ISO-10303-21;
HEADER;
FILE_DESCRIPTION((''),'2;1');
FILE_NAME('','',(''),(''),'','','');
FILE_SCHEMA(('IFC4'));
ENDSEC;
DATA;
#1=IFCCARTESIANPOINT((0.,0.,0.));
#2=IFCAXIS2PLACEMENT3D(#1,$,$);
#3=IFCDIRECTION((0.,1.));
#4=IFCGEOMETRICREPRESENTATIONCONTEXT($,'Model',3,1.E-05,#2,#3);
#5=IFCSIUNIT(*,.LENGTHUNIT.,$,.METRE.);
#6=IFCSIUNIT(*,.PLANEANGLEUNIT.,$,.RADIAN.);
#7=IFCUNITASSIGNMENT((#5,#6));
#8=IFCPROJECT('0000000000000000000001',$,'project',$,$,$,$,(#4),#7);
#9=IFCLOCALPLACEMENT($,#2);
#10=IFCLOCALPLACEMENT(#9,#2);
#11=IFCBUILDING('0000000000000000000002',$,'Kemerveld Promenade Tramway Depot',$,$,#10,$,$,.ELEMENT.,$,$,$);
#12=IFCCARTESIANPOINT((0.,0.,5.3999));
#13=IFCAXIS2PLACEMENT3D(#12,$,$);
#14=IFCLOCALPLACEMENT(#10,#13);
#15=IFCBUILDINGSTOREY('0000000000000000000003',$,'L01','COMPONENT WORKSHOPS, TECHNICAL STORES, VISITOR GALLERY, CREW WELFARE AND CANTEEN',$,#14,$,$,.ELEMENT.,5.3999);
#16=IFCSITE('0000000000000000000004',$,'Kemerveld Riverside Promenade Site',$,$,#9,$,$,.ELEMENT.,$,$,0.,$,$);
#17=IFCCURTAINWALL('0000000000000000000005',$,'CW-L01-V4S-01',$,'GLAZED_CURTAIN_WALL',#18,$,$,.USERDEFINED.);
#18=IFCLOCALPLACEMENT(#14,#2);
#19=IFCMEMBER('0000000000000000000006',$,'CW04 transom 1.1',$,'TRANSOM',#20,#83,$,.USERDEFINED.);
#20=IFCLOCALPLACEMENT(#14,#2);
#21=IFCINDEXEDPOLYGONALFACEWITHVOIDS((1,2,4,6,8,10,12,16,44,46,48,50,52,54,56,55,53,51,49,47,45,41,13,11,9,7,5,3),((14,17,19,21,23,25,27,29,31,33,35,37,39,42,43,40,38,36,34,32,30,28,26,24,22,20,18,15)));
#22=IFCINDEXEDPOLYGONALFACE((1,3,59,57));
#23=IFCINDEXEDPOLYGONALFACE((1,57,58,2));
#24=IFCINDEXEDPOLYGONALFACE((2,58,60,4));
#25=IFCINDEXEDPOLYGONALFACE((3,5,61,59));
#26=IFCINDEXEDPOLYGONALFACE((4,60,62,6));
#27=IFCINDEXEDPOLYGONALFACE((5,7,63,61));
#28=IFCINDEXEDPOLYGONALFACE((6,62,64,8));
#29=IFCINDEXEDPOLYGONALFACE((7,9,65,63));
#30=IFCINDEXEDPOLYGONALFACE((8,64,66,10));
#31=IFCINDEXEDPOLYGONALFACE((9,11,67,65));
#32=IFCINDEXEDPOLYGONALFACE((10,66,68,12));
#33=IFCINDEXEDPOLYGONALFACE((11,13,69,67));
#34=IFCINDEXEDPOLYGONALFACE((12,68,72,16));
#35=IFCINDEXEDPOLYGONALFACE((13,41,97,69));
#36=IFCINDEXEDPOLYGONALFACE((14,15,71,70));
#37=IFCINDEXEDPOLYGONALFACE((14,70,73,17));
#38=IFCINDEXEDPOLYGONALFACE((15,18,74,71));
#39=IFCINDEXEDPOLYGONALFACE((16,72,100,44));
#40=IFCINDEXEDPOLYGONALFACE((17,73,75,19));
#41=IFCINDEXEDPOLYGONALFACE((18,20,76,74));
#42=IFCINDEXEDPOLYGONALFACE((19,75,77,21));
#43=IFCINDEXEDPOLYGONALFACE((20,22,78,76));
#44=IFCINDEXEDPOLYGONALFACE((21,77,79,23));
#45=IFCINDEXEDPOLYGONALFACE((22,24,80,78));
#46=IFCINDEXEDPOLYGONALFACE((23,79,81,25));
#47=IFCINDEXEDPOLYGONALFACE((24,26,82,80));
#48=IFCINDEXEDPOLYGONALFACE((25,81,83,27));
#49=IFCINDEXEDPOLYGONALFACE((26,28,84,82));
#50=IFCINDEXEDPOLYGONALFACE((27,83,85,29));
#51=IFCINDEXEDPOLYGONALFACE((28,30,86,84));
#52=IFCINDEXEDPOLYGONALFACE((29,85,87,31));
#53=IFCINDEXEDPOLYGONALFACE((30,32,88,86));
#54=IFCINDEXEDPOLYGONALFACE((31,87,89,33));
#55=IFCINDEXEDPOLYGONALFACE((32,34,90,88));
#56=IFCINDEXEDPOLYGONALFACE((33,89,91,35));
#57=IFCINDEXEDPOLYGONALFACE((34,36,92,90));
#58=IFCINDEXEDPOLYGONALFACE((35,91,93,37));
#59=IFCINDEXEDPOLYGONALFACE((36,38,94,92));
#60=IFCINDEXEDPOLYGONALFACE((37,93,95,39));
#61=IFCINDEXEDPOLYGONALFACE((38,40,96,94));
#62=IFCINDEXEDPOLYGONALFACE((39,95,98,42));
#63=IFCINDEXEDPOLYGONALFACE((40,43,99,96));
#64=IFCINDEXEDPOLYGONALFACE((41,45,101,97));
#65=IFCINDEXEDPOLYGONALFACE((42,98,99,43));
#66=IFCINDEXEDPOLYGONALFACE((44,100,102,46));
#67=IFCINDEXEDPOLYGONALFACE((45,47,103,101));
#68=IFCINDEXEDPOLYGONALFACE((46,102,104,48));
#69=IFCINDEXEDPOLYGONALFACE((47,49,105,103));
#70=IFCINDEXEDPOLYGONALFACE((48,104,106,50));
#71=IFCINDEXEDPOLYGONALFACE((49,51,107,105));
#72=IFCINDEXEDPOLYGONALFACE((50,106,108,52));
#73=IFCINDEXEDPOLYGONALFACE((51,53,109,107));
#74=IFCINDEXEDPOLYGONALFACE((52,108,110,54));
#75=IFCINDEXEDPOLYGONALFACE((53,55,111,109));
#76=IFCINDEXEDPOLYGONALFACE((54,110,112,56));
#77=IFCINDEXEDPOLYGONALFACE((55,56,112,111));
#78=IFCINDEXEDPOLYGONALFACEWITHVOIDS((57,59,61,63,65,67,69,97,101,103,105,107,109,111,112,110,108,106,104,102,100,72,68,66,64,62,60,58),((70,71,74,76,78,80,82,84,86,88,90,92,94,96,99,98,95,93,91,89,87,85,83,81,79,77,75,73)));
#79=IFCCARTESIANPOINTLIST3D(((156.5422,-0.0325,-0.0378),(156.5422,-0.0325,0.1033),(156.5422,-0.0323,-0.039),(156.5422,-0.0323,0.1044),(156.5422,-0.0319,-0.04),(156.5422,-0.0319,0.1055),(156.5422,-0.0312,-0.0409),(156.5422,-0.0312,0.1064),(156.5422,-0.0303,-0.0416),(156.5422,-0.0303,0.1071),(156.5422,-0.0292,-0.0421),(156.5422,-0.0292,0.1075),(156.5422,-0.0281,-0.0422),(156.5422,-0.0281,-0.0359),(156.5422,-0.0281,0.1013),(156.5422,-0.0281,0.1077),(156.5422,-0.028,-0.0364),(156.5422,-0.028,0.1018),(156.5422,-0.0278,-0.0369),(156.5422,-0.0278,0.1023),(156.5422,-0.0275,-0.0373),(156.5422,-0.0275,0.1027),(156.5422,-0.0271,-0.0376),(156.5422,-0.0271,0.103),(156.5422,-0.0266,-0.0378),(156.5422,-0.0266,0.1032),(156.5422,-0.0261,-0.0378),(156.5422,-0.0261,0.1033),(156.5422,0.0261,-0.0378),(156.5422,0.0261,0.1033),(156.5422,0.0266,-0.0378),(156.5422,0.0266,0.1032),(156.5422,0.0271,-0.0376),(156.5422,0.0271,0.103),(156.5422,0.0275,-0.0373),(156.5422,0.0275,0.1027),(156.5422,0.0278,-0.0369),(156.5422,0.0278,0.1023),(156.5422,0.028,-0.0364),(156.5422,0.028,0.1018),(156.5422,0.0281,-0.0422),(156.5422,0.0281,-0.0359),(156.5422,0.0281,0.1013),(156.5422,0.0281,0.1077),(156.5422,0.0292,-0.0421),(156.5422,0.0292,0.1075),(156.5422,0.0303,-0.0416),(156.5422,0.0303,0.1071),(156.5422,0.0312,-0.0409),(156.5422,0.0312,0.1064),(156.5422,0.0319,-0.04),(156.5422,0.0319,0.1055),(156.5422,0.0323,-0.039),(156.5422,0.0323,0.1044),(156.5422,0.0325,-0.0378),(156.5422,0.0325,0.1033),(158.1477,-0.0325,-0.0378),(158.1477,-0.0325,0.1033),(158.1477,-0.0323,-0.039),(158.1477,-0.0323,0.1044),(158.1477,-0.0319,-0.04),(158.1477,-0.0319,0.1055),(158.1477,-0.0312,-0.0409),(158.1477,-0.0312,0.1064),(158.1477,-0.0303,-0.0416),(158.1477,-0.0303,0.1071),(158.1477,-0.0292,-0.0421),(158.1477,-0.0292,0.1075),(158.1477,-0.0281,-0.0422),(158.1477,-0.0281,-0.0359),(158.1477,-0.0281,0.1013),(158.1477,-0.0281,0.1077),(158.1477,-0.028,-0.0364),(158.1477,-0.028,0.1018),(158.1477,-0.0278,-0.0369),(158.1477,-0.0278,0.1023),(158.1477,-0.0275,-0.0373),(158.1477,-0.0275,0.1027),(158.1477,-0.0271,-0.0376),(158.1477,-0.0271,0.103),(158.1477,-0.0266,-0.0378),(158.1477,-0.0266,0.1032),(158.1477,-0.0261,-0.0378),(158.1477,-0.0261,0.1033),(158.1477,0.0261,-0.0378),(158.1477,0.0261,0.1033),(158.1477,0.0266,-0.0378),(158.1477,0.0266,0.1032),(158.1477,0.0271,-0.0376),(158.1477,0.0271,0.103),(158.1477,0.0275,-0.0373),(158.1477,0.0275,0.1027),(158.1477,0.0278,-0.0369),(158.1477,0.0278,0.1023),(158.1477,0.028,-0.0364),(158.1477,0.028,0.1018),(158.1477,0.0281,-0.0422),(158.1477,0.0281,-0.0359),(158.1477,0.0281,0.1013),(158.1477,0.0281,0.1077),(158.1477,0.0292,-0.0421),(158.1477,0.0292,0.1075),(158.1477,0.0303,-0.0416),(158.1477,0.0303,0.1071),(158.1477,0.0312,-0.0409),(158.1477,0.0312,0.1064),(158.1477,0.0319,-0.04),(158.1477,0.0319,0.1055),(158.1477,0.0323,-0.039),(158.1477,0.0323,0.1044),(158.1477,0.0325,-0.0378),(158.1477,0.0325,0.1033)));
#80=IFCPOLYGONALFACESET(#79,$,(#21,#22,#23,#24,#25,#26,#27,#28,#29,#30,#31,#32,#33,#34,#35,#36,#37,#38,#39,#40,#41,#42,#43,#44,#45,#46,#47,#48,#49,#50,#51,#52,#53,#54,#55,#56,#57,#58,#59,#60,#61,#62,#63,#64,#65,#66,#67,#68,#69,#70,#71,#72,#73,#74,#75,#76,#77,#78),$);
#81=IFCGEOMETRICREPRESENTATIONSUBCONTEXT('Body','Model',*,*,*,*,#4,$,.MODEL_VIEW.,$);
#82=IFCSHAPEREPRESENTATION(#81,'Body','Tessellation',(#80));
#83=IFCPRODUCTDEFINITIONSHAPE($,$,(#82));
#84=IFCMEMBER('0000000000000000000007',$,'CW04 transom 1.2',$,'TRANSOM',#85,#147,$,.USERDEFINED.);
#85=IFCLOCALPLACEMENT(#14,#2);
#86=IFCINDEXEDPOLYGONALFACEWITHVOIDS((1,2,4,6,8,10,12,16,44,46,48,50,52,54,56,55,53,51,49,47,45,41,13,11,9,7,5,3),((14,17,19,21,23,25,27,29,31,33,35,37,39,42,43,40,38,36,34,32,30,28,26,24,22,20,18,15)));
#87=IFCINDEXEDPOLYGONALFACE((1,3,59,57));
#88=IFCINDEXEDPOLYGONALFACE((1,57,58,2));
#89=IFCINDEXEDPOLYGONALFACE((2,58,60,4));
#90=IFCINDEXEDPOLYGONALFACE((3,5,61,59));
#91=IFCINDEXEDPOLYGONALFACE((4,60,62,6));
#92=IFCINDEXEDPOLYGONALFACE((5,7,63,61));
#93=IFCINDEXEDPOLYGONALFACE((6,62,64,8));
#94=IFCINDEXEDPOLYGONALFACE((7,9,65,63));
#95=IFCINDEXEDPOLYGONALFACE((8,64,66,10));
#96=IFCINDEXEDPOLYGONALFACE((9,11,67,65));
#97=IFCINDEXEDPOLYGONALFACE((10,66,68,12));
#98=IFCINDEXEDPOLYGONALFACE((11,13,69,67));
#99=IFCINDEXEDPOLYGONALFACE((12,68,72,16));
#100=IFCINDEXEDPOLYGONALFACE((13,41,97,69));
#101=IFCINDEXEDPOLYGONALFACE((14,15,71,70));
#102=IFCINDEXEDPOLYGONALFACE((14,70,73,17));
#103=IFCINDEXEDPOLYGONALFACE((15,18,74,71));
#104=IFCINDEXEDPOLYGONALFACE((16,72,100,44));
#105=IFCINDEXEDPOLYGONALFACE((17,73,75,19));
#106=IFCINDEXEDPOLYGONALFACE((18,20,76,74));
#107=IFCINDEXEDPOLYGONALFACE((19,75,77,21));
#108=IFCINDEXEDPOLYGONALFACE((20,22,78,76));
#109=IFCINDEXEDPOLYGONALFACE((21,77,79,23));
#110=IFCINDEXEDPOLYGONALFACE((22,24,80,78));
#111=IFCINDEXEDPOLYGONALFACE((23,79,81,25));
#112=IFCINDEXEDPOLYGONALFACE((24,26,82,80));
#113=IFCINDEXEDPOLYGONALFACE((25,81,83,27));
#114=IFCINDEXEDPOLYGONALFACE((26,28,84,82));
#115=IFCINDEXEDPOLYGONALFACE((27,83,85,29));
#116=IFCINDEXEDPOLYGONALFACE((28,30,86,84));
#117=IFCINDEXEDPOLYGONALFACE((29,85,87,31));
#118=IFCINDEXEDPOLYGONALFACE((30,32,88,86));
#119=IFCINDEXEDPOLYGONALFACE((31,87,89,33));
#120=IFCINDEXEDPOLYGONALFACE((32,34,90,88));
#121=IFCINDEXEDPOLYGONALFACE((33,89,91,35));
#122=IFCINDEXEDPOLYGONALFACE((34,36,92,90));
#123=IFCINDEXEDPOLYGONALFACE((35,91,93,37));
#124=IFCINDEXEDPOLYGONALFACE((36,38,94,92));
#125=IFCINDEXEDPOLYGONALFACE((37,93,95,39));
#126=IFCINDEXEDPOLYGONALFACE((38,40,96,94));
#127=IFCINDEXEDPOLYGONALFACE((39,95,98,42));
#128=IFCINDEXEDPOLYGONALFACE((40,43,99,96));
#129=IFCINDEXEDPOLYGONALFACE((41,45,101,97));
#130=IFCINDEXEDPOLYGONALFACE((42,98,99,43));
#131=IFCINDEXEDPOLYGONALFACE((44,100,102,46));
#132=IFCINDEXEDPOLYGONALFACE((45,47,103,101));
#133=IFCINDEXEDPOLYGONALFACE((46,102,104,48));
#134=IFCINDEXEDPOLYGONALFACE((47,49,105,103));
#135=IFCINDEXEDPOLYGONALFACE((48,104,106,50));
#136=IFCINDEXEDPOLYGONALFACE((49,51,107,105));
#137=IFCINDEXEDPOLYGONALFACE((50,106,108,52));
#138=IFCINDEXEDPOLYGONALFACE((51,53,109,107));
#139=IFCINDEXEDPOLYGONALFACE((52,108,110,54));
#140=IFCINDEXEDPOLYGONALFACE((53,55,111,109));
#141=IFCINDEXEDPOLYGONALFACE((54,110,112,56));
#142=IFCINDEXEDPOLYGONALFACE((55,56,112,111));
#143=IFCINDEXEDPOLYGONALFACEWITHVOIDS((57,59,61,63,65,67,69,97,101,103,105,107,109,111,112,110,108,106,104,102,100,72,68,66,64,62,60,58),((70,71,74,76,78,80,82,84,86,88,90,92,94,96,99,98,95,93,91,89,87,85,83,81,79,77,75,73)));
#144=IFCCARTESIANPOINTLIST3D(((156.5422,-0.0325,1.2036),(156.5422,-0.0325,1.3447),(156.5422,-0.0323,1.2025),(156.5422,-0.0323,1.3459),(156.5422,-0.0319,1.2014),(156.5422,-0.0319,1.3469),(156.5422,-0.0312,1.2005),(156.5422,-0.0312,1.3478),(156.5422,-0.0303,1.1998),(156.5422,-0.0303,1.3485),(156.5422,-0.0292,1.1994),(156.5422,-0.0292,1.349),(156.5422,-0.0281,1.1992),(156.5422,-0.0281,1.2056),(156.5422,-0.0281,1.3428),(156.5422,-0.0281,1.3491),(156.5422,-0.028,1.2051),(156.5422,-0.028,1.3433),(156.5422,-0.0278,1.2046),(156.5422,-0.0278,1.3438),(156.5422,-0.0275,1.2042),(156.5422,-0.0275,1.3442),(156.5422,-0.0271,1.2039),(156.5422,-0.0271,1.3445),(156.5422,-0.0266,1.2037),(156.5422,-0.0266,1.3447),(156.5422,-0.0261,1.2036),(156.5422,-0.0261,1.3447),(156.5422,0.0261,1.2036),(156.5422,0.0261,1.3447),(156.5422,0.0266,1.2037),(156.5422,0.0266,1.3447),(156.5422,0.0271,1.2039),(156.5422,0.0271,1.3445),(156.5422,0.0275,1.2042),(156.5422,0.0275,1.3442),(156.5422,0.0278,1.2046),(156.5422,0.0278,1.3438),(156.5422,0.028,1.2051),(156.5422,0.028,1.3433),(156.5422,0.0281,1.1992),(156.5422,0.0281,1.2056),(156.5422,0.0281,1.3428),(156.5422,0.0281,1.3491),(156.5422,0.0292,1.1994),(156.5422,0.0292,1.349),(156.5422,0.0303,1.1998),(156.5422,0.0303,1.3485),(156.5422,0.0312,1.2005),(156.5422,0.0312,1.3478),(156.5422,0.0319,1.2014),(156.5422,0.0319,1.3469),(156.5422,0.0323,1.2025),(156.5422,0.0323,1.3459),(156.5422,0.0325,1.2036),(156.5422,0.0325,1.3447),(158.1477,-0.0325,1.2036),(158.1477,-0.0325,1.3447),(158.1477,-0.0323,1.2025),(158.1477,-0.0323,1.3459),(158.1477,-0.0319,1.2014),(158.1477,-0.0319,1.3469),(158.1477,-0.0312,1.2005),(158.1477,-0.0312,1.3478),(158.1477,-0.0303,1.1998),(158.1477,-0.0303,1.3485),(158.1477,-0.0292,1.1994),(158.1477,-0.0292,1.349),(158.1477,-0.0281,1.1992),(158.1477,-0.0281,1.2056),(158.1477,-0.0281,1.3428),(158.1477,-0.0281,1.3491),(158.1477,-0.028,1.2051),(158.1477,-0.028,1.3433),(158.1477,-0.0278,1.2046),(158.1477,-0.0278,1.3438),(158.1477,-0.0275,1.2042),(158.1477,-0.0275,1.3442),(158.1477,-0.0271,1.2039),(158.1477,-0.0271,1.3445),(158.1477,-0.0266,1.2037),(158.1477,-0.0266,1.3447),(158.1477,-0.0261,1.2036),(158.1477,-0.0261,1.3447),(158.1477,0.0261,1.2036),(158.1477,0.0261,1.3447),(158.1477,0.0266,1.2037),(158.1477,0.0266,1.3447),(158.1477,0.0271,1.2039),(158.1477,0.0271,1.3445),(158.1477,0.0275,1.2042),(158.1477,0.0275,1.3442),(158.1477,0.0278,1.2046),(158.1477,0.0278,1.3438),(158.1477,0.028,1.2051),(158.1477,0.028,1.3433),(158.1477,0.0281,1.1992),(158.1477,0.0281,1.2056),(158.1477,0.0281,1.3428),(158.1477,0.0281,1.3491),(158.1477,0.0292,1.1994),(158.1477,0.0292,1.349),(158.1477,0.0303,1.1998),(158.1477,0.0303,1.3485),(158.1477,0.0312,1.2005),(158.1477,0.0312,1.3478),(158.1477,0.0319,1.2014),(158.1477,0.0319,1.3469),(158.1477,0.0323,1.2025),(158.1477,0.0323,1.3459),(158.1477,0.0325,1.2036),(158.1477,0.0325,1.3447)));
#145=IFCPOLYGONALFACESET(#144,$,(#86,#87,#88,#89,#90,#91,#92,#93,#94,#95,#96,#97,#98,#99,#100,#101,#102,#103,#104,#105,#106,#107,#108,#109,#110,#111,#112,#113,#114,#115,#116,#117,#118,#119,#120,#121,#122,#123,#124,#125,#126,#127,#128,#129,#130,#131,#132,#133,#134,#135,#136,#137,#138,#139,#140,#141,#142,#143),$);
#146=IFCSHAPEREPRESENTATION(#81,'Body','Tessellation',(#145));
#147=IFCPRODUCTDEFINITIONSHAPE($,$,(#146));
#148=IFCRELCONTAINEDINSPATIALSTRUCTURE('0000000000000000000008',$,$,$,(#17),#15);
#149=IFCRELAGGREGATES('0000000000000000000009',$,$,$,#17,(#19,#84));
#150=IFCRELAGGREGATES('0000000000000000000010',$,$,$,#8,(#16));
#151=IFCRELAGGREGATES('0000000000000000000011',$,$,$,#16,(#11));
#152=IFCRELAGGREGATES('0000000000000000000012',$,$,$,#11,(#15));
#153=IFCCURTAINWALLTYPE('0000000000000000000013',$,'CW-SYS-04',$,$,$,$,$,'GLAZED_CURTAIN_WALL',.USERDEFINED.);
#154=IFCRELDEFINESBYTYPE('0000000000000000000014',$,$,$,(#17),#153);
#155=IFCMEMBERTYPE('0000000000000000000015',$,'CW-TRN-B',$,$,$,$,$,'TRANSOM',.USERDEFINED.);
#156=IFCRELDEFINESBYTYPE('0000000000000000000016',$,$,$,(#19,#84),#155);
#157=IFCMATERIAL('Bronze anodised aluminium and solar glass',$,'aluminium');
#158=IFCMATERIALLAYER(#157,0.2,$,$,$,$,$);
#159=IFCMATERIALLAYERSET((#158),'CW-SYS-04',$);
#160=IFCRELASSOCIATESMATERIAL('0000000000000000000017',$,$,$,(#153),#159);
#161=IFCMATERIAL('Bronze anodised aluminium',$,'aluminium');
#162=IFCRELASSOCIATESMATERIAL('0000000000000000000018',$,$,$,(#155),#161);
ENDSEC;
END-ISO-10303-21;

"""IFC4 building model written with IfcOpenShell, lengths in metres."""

from ifc_helpers import new_model, si_unit, direction, frame, origin, origin_2d, place, context, subcontext, project, spatial, hollow_rectangle, extrude, material, layer, layer_set, material_profile, profile_set, type_object, element, aggregate, save


model = new_model("IFC4")

# Units and contexts
model_context = context("Model", 3, precision=1e-05, world=origin(), true_north=direction((0.0, 1.0)))
body_context = subcontext(model_context, "Body", "Model", "MODEL_VIEW")
ifc_project = project(units=[si_unit("LENGTHUNIT", "METRE"), si_unit("PLANEANGLEUNIT", "RADIAN")], contexts=[model_context])

# Site, building, storey
site_placement = place(None, origin())
site = spatial("IfcSite", under=ifc_project, at=site_placement, Name="Kemerveld Riverside Promenade Site", CompositionType="ELEMENT", RefElevation=0.0)
building_placement = place(site_placement, origin())
building = spatial("IfcBuilding", under=site, at=building_placement, Name="Kemerveld Promenade Tramway Depot", CompositionType="ELEMENT")
storey_placement = place(building_placement, frame((0.0, 0.0, 5.3999)))
storey = spatial("IfcBuildingStorey", under=building, at=storey_placement, Name="L01", Description="COMPONENT WORKSHOPS, TECHNICAL STORES, VISITOR GALLERY, CREW WELFARE AND CANTEEN", CompositionType="ELEMENT", Elevation=5.3999)

# Curtain wall, members
ifc_material_1 = material(Name="Bronze anodised aluminium and solar glass", Category="aluminium")
ifc_layer_1 = layer(ifc_material_1, 0.2)
ifc_layer_set_1 = layer_set([ifc_layer_1], Name="CW-SYS-04")
curtain_wall_type = type_object("IfcCurtainWallType", Name="CW-SYS-04", ElementType="GLAZED_CURTAIN_WALL", PredefinedType="USERDEFINED", material=ifc_layer_set_1)
curtain_wall_placement = place(storey_placement, origin())
curtain_wall = element("IfcCurtainWall", 1, at=curtain_wall_placement, inside=storey, type_object=curtain_wall_type, Name="CW-L01-V4S-01", ObjectType="GLAZED_CURTAIN_WALL", PredefinedType="USERDEFINED")
ifc_material_2 = material(Name="Bronze anodised aluminium", Category="aluminium")
ifc_material_profile_1 = material_profile(ifc_material_2, hollow_rectangle(XDim=0.0649, YDim=0.1499, WallThickness=0.0044, InnerFilletRadius=0.002, OuterFilletRadius=0.0044, at=origin_2d()), Name="CW-TRN-150x65")
ifc_profile_set_1 = profile_set([ifc_material_profile_1], Name="Bronze anodised aluminium")
member_type_1 = type_object("IfcMemberType", Name="CW-TRN-B", ElementType="TRANSOM", PredefinedType="USERDEFINED", material=ifc_profile_set_1)
member_1_placement = place(storey_placement, frame((158.1477, 0.0, 0.0327), z_axis=(-1.0, 0.0, 0.0), x_axis=(0.0, -1.0, 0.0)))
member_1 = element("IfcMember", 2, at=member_1_placement, type_object=member_type_1, Name="CW04 transom 1.1", ObjectType="TRANSOM", PredefinedType="USERDEFINED", context=body_context, shape_type="SweptSolid", body=[
    extrude(hollow_rectangle(XDim=0.0649, YDim=0.1499, WallThickness=0.0044, InnerFilletRadius=0.002, OuterFilletRadius=0.0044, at=origin_2d()), origin(), (0.0, 0.0, 1.0), 1.6055),
])
member_2_placement = place(storey_placement, frame((158.1477, 0.0, 1.2742), z_axis=(-1.0, 0.0, 0.0), x_axis=(0.0, -1.0, 0.0)))
member_2 = element("IfcMember", 3, at=member_2_placement, type_object=member_type_1, Name="CW04 transom 1.2", ObjectType="TRANSOM", PredefinedType="USERDEFINED", context=body_context, shape_type="SweptSolid", body=[
    extrude(hollow_rectangle(XDim=0.0649, YDim=0.1499, WallThickness=0.0044, InnerFilletRadius=0.002, OuterFilletRadius=0.0044, at=origin_2d()), origin(), (0.0, 0.0, 1.0), 1.6055),
])
aggregate(curtain_wall, [member_1, member_2])

save(model, "model.ifc")
